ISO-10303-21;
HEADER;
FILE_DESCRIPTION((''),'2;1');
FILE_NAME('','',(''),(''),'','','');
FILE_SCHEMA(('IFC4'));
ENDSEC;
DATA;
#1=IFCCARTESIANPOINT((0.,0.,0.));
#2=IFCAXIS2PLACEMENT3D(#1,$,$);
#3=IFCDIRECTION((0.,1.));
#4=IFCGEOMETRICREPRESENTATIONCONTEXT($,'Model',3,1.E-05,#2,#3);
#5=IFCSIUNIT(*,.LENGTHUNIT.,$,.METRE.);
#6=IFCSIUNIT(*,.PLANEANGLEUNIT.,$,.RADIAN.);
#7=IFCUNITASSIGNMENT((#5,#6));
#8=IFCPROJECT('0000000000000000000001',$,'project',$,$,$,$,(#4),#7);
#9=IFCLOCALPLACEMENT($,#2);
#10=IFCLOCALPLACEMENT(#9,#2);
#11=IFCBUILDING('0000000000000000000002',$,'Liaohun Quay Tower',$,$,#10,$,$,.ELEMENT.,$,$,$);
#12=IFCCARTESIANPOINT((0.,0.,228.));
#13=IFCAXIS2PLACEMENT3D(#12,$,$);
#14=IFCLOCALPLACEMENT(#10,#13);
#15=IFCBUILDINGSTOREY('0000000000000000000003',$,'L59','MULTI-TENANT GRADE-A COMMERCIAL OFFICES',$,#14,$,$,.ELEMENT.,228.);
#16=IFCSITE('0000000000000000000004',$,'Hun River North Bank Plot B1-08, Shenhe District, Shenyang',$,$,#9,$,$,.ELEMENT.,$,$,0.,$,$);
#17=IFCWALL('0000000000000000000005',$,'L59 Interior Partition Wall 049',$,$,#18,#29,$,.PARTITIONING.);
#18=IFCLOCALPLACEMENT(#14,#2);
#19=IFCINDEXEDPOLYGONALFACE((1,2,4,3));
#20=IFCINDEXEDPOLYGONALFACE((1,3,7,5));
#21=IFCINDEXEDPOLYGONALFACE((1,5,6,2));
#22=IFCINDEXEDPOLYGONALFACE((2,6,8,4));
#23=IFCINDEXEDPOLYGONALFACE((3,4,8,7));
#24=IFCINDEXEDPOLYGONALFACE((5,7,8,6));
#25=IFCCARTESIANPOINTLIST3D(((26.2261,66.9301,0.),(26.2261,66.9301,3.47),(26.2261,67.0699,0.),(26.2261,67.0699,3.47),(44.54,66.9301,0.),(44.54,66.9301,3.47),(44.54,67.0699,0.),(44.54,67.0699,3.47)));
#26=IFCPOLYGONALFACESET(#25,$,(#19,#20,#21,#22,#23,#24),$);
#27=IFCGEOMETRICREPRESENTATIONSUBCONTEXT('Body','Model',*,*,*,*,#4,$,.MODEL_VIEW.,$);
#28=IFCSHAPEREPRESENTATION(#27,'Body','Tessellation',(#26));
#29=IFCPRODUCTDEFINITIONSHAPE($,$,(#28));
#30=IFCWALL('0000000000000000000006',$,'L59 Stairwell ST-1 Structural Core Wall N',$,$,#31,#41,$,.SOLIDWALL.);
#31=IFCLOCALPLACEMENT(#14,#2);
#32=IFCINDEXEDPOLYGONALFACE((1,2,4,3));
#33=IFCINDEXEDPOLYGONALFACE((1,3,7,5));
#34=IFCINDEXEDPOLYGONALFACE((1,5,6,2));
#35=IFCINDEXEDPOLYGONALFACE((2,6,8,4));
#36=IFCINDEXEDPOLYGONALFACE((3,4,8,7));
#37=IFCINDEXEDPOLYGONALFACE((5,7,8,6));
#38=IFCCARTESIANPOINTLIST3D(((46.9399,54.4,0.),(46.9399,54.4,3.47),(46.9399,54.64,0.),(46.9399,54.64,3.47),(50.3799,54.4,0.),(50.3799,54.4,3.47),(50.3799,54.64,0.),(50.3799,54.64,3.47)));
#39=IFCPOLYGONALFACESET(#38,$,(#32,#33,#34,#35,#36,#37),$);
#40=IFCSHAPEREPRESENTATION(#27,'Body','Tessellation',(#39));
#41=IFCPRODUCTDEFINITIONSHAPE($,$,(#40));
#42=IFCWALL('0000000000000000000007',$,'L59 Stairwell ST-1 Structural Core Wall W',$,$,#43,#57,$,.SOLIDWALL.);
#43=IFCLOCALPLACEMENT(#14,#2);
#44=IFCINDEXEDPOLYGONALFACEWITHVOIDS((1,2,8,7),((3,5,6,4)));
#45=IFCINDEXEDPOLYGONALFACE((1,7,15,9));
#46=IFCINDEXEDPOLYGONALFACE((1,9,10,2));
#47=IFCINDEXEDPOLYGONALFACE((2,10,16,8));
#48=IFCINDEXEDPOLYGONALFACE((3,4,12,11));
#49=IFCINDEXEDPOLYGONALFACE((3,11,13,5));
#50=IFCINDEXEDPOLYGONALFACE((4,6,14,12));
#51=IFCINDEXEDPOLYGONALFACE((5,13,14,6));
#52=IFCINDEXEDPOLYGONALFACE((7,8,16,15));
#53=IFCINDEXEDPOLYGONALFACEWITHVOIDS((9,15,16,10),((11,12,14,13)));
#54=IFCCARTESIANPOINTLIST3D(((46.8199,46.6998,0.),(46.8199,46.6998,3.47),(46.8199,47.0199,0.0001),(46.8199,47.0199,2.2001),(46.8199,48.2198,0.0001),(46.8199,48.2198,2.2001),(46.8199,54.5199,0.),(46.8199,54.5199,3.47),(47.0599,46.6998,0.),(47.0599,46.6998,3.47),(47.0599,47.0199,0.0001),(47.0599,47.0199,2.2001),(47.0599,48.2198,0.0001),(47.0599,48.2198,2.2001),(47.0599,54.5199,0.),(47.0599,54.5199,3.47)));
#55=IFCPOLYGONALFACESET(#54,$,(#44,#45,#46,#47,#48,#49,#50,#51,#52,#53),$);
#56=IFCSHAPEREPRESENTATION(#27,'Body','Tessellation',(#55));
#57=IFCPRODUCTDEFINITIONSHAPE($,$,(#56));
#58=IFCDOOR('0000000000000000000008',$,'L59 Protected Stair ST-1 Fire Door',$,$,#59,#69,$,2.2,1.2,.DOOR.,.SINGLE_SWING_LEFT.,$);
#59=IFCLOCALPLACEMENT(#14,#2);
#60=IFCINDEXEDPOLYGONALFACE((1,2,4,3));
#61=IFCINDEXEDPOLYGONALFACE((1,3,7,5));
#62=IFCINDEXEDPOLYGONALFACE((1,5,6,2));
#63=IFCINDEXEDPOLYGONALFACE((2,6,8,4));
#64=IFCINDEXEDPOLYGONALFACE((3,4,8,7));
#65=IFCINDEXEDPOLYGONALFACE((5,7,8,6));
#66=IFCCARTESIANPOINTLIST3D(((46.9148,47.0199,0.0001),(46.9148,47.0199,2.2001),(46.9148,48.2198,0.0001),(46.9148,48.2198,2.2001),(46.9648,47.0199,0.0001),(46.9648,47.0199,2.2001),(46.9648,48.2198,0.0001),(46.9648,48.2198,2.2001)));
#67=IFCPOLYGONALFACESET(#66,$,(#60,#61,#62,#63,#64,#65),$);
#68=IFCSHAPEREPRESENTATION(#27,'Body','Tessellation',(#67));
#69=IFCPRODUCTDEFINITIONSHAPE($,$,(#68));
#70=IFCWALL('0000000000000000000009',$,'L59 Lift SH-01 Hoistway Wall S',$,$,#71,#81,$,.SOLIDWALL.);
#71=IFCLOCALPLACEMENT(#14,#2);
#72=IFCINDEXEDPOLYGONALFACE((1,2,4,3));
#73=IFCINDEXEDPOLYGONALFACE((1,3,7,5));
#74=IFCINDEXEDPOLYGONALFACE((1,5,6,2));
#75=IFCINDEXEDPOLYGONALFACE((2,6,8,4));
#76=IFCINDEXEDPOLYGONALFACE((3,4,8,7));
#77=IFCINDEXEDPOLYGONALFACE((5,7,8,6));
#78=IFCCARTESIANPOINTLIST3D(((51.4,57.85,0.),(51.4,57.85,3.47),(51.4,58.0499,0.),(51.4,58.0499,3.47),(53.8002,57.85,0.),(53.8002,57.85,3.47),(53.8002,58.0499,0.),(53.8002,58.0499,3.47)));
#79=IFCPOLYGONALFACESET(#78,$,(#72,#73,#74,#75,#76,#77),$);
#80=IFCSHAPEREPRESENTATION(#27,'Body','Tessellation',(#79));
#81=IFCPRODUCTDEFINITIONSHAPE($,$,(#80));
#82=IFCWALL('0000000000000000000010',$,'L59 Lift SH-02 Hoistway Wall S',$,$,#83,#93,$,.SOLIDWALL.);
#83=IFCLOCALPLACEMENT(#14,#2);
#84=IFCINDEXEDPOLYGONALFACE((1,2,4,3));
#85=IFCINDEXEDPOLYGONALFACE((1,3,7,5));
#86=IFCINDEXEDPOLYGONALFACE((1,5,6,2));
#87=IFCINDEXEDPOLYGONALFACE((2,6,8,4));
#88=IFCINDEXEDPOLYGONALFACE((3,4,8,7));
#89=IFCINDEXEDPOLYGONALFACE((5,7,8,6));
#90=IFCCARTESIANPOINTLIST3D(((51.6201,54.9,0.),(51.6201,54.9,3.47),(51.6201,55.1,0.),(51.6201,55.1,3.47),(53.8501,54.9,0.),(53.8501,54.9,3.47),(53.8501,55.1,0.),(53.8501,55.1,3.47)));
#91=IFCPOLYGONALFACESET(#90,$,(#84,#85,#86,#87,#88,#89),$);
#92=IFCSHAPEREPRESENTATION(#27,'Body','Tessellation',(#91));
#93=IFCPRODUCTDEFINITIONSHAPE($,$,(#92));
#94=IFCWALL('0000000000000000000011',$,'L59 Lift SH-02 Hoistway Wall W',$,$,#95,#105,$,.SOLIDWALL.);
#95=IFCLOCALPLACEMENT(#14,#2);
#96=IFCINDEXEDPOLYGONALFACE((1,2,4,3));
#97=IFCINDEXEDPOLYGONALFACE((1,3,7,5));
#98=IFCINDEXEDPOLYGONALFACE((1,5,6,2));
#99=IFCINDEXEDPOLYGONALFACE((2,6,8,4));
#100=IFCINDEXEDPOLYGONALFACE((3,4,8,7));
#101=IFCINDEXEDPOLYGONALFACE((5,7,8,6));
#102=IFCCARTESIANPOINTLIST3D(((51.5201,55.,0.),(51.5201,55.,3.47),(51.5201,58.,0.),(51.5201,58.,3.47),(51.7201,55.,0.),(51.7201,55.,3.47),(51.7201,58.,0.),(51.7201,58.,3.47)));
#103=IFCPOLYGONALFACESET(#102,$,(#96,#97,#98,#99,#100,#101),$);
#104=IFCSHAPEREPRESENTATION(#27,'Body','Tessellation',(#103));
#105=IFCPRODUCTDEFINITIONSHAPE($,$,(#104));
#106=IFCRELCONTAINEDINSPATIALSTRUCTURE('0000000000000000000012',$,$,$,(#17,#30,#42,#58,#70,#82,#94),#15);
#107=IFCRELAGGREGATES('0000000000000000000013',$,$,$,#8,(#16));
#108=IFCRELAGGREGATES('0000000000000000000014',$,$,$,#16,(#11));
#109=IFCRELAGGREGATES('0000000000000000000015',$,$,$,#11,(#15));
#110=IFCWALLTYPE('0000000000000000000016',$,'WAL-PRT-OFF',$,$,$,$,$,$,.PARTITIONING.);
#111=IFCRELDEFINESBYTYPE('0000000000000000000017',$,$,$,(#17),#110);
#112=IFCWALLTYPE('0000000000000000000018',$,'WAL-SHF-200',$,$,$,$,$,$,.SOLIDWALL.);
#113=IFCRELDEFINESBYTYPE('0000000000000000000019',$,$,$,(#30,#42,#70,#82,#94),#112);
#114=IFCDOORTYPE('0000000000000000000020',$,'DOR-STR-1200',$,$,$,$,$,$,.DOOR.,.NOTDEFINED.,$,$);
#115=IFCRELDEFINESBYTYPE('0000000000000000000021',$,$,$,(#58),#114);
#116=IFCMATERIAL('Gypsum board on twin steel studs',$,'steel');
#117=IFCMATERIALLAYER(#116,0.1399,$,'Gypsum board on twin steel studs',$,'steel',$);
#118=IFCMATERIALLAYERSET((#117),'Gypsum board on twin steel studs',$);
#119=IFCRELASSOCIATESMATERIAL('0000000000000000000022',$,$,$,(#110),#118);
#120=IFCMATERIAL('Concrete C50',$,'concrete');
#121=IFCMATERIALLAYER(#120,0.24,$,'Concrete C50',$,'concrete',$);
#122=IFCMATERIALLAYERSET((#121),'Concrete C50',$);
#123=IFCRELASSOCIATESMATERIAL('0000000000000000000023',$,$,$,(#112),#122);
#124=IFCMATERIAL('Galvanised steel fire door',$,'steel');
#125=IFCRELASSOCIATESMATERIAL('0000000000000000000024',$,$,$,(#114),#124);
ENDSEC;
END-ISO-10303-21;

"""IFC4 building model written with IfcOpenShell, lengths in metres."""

from ifc_helpers import new_model, si_unit, direction, frame, frame_2d, origin, place, context, subcontext, project, spatial, rectangle, extrude, source, transform, mapped, material, layer, layer_set, type_object, element, fill, save


model = new_model("IFC4")

# Units and contexts
model_context = context("Model", 3, precision=1e-05, world=origin(), true_north=direction((0.0, 1.0)))
body_context = subcontext(model_context, "Body", "Model", "MODEL_VIEW")
ifc_project = project(units=[si_unit("LENGTHUNIT", "METRE"), si_unit("PLANEANGLEUNIT", "RADIAN")], contexts=[model_context])

# Site, building, storey
site_placement = place(None, origin())
site = spatial("IfcSite", under=ifc_project, at=site_placement, Name="Hun River North Bank Plot B1-08, Shenhe District, Shenyang", CompositionType="ELEMENT", RefElevation=0.0)
building_placement = place(site_placement, origin())
building = spatial("IfcBuilding", under=site, at=building_placement, Name="Liaohun Quay Tower", CompositionType="ELEMENT")
storey_placement = place(building_placement, frame((0.0, 0.0, 228.0)))
storey = spatial("IfcBuildingStorey", under=building, at=storey_placement, Name="L59", Description="MULTI-TENANT GRADE-A COMMERCIAL OFFICES", CompositionType="ELEMENT", Elevation=228.0)

# Walls
ifc_material_1 = material(Name="Gypsum board on twin steel studs", Category="steel")
ifc_layer_1 = layer(ifc_material_1, 0.1399, Name="Gypsum board on twin steel studs", Category="steel")
ifc_layer_set_1 = layer_set([ifc_layer_1], Name="Gypsum board on twin steel studs")
wall_type_1 = type_object("IfcWallType", Name="WAL-PRT-OFF", PredefinedType="PARTITIONING", material=ifc_layer_set_1)
wall_1_placement = place(storey_placement, frame((44.54, 67.0, 0.0), z_axis=(0.0, 0.0, 1.0), x_axis=(-1.0, 0.0, 0.0)))
element("IfcWall", 1, at=wall_1_placement, inside=storey, type_object=wall_type_1, Name="L59 Interior Partition Wall 049", PredefinedType="PARTITIONING", context=body_context, shape_type="SweptSolid", body=[
    extrude(rectangle(XDim=18.314, YDim=0.1399, at=frame_2d((9.157, 0.0))), origin(), (0.0, 0.0, 1.0), 3.47),
])
ifc_material_2 = material(Name="Concrete C50", Category="concrete")
ifc_layer_2 = layer(ifc_material_2, 0.24, Name="Concrete C50", Category="concrete")
ifc_layer_set_2 = layer_set([ifc_layer_2], Name="Concrete C50")
wall_type_2 = type_object("IfcWallType", Name="WAL-SHF-200", PredefinedType="SOLIDWALL", material=ifc_layer_set_2)
wall_2_placement = place(storey_placement, frame((50.3799, 54.52, 0.0), z_axis=(0.0, 0.0, 1.0), x_axis=(-1.0, 0.0, 0.0)))
element("IfcWall", 2, at=wall_2_placement, inside=storey, type_object=wall_type_2, Name="L59 Stairwell ST-1 Structural Core Wall N", PredefinedType="SOLIDWALL", context=body_context, shape_type="SweptSolid", body=[
    extrude(rectangle(XDim=3.4399, YDim=0.24, at=frame_2d((1.72, 0.0))), origin(), (0.0, 0.0, 1.0), 3.47),
])

# Wall, opening, door
wall_3_placement = place(storey_placement, frame((46.9399, 54.52, 0.0), z_axis=(0.0, 0.0, 1.0), x_axis=(0.0, -1.0, 0.0)))
wall_3 = element("IfcWall", 3, at=wall_3_placement, inside=storey, type_object=wall_type_2, Name="L59 Stairwell ST-1 Structural Core Wall W", PredefinedType="SOLIDWALL", context=body_context, shape_type="SweptSolid", body=[
    extrude(rectangle(XDim=7.8201, YDim=0.24, at=frame_2d((3.9102, 0.0))), origin(), (0.0, 0.0, 1.0), 3.47),
])
shared_shape_1 = source(origin(), body_context, "Body", "SweptSolid", [
    extrude(rectangle(XDim=1.2, YDim=2.2, at=frame_2d((0.6001, 1.1001))), frame((0.0, 0.1299, 0.0), z_axis=(0.0, -1.0, 0.0), x_axis=(1.0, 0.0, 0.0)), (0.0, 0.0, 1.0), 0.26),
])
opening_1_placement = place(wall_3_placement, frame((6.3, 0.0, 0.0)))
opening_1 = element("IfcOpeningElement", 4, at=opening_1_placement, cuts=wall_3, PredefinedType="OPENING", context=body_context, shape_type="MappedRepresentation", body=[
    mapped(shared_shape_1, transform((0.0, 0.0, 0.0), x_axis=(1.0, 0.0, 0.0), y_axis=(0.0, 1.0, 0.0), z_axis=(0.0, 0.0, 1.0), scale=1.0)),
])
ifc_material_3 = material(Name="Galvanised steel fire door", Category="steel")
door_type_1 = type_object("IfcDoorType", Name="DOR-STR-1200", OperationType="NOTDEFINED", PredefinedType="DOOR", material=ifc_material_3)
shared_shape_2 = source(origin(), body_context, "Body", "SweptSolid", [
    extrude(rectangle(XDim=1.2, YDim=2.2, at=frame_2d((0.6001, 1.1001))), frame((0.0, 0.0249, 0.0), z_axis=(0.0, -1.0, 0.0), x_axis=(1.0, 0.0, 0.0)), (0.0, 0.0, 1.0), 0.05),
])
door_1_placement = place(opening_1_placement, origin())
door_1 = element("IfcDoor", 5, at=door_1_placement, inside=storey, type_object=door_type_1, Name="L59 Protected Stair ST-1 Fire Door", OperationType="SINGLE_SWING_LEFT", OverallHeight=2.2, OverallWidth=1.2, PredefinedType="DOOR", context=body_context, shape_type="MappedRepresentation", body=[
    mapped(shared_shape_2, transform((0.0, 0.0, 0.0), x_axis=(1.0, 0.0, 0.0), y_axis=(0.0, 1.0, 0.0), z_axis=(0.0, 0.0, 1.0), scale=1.0)),
])
fill(opening_1, door_1)

# Walls
wall_4_placement = place(storey_placement, frame((51.3999, 57.95, 0.0), z_axis=(0.0, 0.0, 1.0), x_axis=(1.0, 0.0, 0.0)))
element("IfcWall", 6, at=wall_4_placement, inside=storey, type_object=wall_type_2, Name="L59 Lift SH-01 Hoistway Wall S", PredefinedType="SOLIDWALL", context=body_context, shape_type="SweptSolid", body=[
    extrude(rectangle(XDim=2.4001, YDim=0.2, at=frame_2d((1.2002, 0.0))), origin(), (0.0, 0.0, 1.0), 3.47),
])
wall_5_placement = place(storey_placement, frame((51.6201, 55.0, 0.0), z_axis=(0.0, 0.0, 1.0), x_axis=(1.0, 0.0, 0.0)))
element("IfcWall", 7, at=wall_5_placement, inside=storey, type_object=wall_type_2, Name="L59 Lift SH-02 Hoistway Wall S", PredefinedType="SOLIDWALL", context=body_context, shape_type="SweptSolid", body=[
    extrude(rectangle(XDim=2.23, YDim=0.2, at=frame_2d((1.115, 0.0))), origin(), (0.0, 0.0, 1.0), 3.47),
])
wall_6_placement = place(storey_placement, frame((51.6201, 58.0, 0.0), z_axis=(0.0, 0.0, 1.0), x_axis=(0.0, -1.0, 0.0)))
element("IfcWall", 8, at=wall_6_placement, inside=storey, type_object=wall_type_2, Name="L59 Lift SH-02 Hoistway Wall W", PredefinedType="SOLIDWALL", context=body_context, shape_type="SweptSolid", body=[
    extrude(rectangle(XDim=3.0, YDim=0.2, at=frame_2d((1.5, 0.0))), origin(), (0.0, 0.0, 1.0), 3.47),
])

save(model, "model.ifc")
